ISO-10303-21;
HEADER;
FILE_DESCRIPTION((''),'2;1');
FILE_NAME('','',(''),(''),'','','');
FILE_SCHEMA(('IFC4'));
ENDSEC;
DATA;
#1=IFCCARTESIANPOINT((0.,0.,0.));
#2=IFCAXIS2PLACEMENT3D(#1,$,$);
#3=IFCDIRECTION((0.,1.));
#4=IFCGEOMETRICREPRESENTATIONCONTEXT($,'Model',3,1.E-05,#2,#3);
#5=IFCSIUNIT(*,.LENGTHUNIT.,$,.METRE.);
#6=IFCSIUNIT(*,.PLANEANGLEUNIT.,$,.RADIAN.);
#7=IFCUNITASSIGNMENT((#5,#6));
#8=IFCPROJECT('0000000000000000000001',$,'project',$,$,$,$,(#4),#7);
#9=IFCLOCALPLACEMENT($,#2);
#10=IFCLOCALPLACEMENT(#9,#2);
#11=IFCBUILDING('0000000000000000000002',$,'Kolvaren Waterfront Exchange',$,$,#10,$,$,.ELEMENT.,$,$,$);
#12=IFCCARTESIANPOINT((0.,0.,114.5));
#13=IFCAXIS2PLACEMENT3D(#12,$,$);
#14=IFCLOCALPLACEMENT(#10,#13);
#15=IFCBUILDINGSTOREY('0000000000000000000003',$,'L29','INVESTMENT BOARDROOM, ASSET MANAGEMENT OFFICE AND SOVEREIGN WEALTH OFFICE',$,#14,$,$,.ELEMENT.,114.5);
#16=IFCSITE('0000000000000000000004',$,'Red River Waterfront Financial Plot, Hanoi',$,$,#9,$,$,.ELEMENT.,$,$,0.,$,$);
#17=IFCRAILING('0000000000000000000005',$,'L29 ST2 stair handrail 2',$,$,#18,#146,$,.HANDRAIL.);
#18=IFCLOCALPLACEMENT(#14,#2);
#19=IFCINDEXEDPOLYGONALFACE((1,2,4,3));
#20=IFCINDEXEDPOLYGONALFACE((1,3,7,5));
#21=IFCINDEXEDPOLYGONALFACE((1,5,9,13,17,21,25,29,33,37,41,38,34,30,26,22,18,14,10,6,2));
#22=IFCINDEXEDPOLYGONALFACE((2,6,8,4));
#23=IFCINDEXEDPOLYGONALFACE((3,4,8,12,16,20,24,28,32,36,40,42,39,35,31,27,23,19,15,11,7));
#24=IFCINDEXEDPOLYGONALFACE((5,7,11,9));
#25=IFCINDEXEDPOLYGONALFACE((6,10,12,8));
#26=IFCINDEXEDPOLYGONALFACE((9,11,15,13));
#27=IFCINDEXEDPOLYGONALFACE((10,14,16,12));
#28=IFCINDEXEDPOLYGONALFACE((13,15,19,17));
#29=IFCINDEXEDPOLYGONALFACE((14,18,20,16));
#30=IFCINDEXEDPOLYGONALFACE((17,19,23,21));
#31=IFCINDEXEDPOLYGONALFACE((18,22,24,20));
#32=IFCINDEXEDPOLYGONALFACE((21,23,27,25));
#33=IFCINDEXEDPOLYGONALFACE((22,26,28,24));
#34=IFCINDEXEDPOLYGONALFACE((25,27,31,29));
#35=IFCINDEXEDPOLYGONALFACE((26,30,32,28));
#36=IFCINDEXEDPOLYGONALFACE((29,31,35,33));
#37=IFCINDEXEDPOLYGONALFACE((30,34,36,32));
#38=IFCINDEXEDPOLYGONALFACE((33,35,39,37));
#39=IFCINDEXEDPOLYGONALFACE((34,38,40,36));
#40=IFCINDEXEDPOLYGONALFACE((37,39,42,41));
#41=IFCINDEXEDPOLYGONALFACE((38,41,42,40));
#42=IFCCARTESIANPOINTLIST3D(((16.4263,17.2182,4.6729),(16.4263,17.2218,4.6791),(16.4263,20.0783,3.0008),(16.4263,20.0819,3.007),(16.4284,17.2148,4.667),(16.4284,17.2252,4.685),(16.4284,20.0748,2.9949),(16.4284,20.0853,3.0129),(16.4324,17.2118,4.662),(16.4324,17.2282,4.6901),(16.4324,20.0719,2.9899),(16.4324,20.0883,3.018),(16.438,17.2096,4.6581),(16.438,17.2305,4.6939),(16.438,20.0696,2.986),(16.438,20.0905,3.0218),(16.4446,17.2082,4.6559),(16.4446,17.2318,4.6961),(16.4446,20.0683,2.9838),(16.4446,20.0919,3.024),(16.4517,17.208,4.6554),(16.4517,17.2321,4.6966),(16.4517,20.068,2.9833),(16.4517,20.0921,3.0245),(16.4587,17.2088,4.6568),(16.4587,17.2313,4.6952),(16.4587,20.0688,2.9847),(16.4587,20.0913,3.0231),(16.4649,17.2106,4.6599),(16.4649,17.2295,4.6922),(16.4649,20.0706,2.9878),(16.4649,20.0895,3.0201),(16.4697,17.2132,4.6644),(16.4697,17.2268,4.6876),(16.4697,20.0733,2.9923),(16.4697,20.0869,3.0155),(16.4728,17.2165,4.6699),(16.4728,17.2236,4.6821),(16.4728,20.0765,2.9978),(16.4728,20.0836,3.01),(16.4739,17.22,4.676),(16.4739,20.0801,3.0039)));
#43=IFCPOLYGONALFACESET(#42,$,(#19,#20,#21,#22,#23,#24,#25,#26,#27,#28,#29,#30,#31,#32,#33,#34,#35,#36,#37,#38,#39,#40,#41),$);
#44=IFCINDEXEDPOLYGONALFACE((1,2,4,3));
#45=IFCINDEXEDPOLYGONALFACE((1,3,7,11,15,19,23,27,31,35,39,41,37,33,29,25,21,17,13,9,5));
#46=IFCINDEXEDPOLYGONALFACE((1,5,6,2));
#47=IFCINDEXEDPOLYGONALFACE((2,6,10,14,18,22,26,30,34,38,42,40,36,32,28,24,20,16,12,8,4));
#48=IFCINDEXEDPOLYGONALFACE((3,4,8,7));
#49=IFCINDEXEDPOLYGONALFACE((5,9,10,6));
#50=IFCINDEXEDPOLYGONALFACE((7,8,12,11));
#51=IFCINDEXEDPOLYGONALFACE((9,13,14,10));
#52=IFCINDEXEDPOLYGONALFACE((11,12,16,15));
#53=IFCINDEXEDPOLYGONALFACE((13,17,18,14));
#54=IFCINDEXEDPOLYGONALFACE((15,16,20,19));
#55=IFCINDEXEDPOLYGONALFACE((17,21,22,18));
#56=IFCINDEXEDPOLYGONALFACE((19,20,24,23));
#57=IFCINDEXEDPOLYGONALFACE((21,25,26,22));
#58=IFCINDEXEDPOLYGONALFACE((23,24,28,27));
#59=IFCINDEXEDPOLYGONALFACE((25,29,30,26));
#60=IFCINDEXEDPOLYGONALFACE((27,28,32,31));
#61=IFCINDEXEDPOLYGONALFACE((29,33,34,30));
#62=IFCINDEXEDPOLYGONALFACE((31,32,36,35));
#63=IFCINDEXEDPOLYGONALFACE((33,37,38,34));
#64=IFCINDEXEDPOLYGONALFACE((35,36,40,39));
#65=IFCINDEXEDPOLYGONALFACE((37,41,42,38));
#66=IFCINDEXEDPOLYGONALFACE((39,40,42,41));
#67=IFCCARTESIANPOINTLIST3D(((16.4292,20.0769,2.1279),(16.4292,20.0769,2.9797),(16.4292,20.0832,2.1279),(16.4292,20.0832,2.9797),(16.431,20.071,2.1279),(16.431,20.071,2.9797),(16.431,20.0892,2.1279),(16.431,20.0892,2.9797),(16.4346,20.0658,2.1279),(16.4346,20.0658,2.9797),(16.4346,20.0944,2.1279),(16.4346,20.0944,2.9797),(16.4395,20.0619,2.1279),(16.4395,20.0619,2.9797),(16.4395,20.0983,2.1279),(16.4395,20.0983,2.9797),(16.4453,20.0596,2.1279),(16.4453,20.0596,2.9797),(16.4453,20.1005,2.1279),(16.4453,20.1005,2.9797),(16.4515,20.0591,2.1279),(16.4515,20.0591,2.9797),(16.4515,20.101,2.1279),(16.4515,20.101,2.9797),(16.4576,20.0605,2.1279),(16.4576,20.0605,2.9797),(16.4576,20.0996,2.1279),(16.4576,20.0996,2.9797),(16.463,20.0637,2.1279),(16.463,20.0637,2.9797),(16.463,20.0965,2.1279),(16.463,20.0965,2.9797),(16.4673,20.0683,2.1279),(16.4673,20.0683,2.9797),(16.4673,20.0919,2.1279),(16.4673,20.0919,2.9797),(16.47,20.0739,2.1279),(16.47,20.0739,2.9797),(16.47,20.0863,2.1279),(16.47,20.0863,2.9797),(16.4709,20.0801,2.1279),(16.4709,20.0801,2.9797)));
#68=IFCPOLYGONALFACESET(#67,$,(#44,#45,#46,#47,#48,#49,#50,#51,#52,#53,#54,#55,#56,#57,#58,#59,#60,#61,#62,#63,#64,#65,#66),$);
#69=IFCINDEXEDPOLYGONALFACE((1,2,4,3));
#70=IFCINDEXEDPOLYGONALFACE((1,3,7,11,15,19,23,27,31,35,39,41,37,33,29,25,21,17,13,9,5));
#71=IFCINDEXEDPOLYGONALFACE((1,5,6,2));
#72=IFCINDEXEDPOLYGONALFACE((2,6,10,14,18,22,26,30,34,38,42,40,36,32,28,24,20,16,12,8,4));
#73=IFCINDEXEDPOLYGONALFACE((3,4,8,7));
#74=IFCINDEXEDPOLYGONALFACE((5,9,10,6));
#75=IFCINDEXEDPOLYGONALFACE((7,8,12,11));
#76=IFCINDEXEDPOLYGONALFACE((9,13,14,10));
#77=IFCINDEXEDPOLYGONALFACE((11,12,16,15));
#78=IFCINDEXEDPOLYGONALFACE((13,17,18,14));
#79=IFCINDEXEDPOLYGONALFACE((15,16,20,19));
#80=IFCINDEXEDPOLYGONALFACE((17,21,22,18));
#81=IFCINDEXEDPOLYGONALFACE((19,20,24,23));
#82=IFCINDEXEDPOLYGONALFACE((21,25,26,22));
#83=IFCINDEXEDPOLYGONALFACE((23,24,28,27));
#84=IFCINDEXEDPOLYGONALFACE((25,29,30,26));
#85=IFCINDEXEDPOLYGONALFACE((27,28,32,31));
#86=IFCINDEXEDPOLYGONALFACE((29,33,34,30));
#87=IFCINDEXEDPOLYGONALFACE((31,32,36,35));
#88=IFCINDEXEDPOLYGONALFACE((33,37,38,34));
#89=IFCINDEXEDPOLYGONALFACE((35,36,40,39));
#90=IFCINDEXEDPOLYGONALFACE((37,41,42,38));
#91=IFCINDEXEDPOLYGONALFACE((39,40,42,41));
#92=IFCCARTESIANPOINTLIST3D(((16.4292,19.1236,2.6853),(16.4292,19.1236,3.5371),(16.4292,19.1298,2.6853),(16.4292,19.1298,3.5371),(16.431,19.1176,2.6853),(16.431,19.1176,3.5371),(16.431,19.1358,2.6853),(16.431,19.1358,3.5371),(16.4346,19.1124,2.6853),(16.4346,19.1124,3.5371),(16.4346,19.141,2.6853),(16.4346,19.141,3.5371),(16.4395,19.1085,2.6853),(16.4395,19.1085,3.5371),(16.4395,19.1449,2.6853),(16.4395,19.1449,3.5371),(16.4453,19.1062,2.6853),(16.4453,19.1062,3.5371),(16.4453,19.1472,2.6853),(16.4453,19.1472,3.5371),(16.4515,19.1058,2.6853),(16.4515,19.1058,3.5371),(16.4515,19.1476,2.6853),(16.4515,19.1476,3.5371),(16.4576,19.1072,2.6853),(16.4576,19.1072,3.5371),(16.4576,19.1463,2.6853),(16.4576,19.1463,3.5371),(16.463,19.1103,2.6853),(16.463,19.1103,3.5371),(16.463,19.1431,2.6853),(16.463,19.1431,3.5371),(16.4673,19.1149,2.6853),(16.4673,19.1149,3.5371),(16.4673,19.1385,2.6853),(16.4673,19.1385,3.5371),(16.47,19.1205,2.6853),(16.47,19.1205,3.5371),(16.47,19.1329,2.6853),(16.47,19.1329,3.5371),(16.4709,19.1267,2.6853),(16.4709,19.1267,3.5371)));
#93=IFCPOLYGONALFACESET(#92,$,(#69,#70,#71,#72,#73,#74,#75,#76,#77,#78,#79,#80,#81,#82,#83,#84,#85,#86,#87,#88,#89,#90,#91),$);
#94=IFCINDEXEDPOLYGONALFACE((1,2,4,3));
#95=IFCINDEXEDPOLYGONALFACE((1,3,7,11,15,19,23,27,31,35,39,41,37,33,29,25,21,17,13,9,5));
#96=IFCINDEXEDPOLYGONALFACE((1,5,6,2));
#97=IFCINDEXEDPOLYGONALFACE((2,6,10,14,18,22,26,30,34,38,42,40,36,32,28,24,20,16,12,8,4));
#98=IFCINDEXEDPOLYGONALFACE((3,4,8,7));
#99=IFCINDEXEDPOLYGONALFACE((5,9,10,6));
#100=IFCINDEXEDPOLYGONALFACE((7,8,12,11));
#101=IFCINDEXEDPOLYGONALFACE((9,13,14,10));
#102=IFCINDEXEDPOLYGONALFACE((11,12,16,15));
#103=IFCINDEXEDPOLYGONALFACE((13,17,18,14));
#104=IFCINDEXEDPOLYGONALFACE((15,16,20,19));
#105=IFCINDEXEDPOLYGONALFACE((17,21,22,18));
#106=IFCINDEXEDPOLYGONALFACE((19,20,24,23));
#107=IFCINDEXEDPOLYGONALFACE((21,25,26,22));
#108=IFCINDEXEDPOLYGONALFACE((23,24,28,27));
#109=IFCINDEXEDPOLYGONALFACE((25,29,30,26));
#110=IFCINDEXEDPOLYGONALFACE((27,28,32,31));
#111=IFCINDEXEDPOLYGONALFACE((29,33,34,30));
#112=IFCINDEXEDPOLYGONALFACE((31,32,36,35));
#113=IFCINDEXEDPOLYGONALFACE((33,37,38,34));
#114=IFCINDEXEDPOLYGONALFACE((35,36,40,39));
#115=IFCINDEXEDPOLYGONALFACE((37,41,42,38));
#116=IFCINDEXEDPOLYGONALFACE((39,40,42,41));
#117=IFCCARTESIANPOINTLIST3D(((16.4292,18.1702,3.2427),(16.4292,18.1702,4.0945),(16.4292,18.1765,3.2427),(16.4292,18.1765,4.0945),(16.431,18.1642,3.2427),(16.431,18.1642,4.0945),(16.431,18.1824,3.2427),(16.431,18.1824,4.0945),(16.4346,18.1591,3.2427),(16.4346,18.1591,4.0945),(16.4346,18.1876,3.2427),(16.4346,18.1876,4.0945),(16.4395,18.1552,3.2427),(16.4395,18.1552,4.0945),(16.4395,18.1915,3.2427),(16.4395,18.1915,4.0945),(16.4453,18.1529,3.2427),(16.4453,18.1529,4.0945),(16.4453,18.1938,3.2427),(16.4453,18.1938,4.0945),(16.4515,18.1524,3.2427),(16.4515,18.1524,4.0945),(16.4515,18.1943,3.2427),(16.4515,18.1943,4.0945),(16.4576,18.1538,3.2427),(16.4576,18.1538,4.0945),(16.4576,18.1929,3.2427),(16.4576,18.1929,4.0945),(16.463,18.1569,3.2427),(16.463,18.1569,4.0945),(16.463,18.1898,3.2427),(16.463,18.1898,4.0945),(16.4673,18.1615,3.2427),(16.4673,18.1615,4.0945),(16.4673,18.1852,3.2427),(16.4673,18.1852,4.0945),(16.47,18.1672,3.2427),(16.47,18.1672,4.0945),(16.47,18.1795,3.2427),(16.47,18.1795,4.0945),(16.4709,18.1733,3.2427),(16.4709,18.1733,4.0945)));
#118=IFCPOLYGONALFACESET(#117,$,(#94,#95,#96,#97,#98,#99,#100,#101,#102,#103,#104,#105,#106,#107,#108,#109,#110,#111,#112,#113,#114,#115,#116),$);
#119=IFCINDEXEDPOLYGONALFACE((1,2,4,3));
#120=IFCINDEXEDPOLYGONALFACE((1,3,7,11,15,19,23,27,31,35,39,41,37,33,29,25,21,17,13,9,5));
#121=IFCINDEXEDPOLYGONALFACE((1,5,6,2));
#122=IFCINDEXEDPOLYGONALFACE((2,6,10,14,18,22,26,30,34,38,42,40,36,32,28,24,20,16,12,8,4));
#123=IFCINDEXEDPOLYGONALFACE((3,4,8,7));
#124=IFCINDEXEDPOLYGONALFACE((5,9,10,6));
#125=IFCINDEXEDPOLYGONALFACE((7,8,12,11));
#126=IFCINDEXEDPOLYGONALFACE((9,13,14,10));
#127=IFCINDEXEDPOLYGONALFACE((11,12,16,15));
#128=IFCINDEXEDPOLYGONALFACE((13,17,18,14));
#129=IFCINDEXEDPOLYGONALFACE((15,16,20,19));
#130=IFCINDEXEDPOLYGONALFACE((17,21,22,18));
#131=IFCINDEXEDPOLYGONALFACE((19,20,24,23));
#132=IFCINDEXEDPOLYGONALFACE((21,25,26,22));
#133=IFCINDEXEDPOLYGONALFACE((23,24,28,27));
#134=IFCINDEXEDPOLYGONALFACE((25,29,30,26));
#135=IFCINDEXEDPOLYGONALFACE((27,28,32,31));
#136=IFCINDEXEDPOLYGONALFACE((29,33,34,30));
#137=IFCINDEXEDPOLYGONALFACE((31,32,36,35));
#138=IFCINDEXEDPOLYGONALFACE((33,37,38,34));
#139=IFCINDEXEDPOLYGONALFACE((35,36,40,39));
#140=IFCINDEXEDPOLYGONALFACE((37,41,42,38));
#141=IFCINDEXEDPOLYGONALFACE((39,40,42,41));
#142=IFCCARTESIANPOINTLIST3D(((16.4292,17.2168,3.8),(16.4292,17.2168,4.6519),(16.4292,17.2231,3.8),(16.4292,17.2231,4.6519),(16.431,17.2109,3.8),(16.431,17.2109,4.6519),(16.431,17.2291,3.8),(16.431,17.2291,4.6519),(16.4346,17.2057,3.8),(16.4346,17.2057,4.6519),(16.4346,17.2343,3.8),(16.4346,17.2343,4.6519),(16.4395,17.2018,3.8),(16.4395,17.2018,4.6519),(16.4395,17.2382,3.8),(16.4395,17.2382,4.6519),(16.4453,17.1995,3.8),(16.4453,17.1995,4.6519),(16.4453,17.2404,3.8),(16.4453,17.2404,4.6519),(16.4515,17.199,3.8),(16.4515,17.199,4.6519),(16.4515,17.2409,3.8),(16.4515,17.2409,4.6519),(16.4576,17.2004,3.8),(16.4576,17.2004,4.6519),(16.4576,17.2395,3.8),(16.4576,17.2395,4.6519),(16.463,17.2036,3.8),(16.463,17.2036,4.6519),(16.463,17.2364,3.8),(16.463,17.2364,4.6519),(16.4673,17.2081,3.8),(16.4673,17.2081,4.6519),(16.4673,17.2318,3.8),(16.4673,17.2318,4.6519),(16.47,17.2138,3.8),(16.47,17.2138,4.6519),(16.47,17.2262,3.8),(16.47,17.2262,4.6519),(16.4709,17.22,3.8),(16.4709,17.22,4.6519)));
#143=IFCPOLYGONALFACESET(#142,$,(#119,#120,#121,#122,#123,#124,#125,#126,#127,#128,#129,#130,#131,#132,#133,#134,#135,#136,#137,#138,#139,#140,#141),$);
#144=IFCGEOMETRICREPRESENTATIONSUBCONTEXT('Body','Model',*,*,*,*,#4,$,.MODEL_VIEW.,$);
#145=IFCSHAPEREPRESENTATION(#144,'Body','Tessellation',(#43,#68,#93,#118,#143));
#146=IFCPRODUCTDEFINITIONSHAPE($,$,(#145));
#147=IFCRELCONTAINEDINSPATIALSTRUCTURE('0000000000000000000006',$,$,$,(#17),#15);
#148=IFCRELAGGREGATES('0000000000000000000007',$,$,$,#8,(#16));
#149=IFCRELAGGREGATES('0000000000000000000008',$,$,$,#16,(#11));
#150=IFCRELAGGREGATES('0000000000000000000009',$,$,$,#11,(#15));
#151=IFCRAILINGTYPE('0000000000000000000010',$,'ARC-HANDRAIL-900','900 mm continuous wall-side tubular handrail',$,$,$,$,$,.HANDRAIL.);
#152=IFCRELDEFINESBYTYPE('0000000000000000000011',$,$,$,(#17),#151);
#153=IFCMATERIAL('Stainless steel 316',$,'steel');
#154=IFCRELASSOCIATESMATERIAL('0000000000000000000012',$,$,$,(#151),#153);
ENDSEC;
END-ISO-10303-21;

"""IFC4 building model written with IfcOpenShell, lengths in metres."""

from ifc_helpers import new_model, si_unit, direction, frame, origin, origin_2d, place, context, subcontext, project, spatial, circle, extrude, material, type_object, element, save


model = new_model("IFC4")

# Units and contexts
model_context = context("Model", 3, precision=1e-05, world=origin(), true_north=direction((0.0, 1.0)))
body_context = subcontext(model_context, "Body", "Model", "MODEL_VIEW")
ifc_project = project(units=[si_unit("LENGTHUNIT", "METRE"), si_unit("PLANEANGLEUNIT", "RADIAN")], contexts=[model_context])

# Site, building, storey
site_placement = place(None, origin())
site = spatial("IfcSite", under=ifc_project, at=site_placement, Name="Red River Waterfront Financial Plot, Hanoi", CompositionType="ELEMENT", RefElevation=0.0)
building_placement = place(site_placement, origin())
building = spatial("IfcBuilding", under=site, at=building_placement, Name="Kolvaren Waterfront Exchange", CompositionType="ELEMENT")
storey_placement = place(building_placement, frame((0.0, 0.0, 114.5)))
storey = spatial("IfcBuildingStorey", under=building, at=storey_placement, Name="L29", Description="INVESTMENT BOARDROOM, ASSET MANAGEMENT OFFICE AND SOVEREIGN WEALTH OFFICE", CompositionType="ELEMENT", Elevation=114.5)

# Railing
ifc_material_1 = material(Name="Stainless steel 316", Category="steel")
railing_type_1 = type_object("IfcRailingType", Name="ARC-HANDRAIL-900", Description="900 mm continuous wall-side tubular handrail", PredefinedType="HANDRAIL", material=ifc_material_1)
railing_1_placement = place(storey_placement, frame((16.45, 20.0801, 2.1279)))
element("IfcRailing", 1, at=railing_1_placement, inside=storey, type_object=railing_type_1, Name="L29 ST2 stair handrail 2", PredefinedType="HANDRAIL", context=body_context, shape_type="SweptSolid", body=[
    extrude(circle(Radius=0.0239, at=origin_2d()), frame((0.0, 0.0, 0.876), z_axis=(0.0, -0.863289, 0.504709), x_axis=(1.0, 0.0, 0.0)), (0.0, 0.0, 1.0), 3.313),
    extrude(circle(Radius=0.021, at=origin_2d()), origin(), (0.0, 0.0, 1.0), 0.8518),
    extrude(circle(Radius=0.021, at=origin_2d()), frame((0.0, -0.9534, 0.5574)), (0.0, 0.0, 1.0), 0.8518),
    extrude(circle(Radius=0.021, at=origin_2d()), frame((0.0, -1.9067, 1.1147)), (0.0, 0.0, 1.0), 0.8518),
    extrude(circle(Radius=0.021, at=origin_2d()), frame((0.0, -2.8601, 1.6721)), (0.0, 0.0, 1.0), 0.8518),
])

save(model, "model.ifc")
